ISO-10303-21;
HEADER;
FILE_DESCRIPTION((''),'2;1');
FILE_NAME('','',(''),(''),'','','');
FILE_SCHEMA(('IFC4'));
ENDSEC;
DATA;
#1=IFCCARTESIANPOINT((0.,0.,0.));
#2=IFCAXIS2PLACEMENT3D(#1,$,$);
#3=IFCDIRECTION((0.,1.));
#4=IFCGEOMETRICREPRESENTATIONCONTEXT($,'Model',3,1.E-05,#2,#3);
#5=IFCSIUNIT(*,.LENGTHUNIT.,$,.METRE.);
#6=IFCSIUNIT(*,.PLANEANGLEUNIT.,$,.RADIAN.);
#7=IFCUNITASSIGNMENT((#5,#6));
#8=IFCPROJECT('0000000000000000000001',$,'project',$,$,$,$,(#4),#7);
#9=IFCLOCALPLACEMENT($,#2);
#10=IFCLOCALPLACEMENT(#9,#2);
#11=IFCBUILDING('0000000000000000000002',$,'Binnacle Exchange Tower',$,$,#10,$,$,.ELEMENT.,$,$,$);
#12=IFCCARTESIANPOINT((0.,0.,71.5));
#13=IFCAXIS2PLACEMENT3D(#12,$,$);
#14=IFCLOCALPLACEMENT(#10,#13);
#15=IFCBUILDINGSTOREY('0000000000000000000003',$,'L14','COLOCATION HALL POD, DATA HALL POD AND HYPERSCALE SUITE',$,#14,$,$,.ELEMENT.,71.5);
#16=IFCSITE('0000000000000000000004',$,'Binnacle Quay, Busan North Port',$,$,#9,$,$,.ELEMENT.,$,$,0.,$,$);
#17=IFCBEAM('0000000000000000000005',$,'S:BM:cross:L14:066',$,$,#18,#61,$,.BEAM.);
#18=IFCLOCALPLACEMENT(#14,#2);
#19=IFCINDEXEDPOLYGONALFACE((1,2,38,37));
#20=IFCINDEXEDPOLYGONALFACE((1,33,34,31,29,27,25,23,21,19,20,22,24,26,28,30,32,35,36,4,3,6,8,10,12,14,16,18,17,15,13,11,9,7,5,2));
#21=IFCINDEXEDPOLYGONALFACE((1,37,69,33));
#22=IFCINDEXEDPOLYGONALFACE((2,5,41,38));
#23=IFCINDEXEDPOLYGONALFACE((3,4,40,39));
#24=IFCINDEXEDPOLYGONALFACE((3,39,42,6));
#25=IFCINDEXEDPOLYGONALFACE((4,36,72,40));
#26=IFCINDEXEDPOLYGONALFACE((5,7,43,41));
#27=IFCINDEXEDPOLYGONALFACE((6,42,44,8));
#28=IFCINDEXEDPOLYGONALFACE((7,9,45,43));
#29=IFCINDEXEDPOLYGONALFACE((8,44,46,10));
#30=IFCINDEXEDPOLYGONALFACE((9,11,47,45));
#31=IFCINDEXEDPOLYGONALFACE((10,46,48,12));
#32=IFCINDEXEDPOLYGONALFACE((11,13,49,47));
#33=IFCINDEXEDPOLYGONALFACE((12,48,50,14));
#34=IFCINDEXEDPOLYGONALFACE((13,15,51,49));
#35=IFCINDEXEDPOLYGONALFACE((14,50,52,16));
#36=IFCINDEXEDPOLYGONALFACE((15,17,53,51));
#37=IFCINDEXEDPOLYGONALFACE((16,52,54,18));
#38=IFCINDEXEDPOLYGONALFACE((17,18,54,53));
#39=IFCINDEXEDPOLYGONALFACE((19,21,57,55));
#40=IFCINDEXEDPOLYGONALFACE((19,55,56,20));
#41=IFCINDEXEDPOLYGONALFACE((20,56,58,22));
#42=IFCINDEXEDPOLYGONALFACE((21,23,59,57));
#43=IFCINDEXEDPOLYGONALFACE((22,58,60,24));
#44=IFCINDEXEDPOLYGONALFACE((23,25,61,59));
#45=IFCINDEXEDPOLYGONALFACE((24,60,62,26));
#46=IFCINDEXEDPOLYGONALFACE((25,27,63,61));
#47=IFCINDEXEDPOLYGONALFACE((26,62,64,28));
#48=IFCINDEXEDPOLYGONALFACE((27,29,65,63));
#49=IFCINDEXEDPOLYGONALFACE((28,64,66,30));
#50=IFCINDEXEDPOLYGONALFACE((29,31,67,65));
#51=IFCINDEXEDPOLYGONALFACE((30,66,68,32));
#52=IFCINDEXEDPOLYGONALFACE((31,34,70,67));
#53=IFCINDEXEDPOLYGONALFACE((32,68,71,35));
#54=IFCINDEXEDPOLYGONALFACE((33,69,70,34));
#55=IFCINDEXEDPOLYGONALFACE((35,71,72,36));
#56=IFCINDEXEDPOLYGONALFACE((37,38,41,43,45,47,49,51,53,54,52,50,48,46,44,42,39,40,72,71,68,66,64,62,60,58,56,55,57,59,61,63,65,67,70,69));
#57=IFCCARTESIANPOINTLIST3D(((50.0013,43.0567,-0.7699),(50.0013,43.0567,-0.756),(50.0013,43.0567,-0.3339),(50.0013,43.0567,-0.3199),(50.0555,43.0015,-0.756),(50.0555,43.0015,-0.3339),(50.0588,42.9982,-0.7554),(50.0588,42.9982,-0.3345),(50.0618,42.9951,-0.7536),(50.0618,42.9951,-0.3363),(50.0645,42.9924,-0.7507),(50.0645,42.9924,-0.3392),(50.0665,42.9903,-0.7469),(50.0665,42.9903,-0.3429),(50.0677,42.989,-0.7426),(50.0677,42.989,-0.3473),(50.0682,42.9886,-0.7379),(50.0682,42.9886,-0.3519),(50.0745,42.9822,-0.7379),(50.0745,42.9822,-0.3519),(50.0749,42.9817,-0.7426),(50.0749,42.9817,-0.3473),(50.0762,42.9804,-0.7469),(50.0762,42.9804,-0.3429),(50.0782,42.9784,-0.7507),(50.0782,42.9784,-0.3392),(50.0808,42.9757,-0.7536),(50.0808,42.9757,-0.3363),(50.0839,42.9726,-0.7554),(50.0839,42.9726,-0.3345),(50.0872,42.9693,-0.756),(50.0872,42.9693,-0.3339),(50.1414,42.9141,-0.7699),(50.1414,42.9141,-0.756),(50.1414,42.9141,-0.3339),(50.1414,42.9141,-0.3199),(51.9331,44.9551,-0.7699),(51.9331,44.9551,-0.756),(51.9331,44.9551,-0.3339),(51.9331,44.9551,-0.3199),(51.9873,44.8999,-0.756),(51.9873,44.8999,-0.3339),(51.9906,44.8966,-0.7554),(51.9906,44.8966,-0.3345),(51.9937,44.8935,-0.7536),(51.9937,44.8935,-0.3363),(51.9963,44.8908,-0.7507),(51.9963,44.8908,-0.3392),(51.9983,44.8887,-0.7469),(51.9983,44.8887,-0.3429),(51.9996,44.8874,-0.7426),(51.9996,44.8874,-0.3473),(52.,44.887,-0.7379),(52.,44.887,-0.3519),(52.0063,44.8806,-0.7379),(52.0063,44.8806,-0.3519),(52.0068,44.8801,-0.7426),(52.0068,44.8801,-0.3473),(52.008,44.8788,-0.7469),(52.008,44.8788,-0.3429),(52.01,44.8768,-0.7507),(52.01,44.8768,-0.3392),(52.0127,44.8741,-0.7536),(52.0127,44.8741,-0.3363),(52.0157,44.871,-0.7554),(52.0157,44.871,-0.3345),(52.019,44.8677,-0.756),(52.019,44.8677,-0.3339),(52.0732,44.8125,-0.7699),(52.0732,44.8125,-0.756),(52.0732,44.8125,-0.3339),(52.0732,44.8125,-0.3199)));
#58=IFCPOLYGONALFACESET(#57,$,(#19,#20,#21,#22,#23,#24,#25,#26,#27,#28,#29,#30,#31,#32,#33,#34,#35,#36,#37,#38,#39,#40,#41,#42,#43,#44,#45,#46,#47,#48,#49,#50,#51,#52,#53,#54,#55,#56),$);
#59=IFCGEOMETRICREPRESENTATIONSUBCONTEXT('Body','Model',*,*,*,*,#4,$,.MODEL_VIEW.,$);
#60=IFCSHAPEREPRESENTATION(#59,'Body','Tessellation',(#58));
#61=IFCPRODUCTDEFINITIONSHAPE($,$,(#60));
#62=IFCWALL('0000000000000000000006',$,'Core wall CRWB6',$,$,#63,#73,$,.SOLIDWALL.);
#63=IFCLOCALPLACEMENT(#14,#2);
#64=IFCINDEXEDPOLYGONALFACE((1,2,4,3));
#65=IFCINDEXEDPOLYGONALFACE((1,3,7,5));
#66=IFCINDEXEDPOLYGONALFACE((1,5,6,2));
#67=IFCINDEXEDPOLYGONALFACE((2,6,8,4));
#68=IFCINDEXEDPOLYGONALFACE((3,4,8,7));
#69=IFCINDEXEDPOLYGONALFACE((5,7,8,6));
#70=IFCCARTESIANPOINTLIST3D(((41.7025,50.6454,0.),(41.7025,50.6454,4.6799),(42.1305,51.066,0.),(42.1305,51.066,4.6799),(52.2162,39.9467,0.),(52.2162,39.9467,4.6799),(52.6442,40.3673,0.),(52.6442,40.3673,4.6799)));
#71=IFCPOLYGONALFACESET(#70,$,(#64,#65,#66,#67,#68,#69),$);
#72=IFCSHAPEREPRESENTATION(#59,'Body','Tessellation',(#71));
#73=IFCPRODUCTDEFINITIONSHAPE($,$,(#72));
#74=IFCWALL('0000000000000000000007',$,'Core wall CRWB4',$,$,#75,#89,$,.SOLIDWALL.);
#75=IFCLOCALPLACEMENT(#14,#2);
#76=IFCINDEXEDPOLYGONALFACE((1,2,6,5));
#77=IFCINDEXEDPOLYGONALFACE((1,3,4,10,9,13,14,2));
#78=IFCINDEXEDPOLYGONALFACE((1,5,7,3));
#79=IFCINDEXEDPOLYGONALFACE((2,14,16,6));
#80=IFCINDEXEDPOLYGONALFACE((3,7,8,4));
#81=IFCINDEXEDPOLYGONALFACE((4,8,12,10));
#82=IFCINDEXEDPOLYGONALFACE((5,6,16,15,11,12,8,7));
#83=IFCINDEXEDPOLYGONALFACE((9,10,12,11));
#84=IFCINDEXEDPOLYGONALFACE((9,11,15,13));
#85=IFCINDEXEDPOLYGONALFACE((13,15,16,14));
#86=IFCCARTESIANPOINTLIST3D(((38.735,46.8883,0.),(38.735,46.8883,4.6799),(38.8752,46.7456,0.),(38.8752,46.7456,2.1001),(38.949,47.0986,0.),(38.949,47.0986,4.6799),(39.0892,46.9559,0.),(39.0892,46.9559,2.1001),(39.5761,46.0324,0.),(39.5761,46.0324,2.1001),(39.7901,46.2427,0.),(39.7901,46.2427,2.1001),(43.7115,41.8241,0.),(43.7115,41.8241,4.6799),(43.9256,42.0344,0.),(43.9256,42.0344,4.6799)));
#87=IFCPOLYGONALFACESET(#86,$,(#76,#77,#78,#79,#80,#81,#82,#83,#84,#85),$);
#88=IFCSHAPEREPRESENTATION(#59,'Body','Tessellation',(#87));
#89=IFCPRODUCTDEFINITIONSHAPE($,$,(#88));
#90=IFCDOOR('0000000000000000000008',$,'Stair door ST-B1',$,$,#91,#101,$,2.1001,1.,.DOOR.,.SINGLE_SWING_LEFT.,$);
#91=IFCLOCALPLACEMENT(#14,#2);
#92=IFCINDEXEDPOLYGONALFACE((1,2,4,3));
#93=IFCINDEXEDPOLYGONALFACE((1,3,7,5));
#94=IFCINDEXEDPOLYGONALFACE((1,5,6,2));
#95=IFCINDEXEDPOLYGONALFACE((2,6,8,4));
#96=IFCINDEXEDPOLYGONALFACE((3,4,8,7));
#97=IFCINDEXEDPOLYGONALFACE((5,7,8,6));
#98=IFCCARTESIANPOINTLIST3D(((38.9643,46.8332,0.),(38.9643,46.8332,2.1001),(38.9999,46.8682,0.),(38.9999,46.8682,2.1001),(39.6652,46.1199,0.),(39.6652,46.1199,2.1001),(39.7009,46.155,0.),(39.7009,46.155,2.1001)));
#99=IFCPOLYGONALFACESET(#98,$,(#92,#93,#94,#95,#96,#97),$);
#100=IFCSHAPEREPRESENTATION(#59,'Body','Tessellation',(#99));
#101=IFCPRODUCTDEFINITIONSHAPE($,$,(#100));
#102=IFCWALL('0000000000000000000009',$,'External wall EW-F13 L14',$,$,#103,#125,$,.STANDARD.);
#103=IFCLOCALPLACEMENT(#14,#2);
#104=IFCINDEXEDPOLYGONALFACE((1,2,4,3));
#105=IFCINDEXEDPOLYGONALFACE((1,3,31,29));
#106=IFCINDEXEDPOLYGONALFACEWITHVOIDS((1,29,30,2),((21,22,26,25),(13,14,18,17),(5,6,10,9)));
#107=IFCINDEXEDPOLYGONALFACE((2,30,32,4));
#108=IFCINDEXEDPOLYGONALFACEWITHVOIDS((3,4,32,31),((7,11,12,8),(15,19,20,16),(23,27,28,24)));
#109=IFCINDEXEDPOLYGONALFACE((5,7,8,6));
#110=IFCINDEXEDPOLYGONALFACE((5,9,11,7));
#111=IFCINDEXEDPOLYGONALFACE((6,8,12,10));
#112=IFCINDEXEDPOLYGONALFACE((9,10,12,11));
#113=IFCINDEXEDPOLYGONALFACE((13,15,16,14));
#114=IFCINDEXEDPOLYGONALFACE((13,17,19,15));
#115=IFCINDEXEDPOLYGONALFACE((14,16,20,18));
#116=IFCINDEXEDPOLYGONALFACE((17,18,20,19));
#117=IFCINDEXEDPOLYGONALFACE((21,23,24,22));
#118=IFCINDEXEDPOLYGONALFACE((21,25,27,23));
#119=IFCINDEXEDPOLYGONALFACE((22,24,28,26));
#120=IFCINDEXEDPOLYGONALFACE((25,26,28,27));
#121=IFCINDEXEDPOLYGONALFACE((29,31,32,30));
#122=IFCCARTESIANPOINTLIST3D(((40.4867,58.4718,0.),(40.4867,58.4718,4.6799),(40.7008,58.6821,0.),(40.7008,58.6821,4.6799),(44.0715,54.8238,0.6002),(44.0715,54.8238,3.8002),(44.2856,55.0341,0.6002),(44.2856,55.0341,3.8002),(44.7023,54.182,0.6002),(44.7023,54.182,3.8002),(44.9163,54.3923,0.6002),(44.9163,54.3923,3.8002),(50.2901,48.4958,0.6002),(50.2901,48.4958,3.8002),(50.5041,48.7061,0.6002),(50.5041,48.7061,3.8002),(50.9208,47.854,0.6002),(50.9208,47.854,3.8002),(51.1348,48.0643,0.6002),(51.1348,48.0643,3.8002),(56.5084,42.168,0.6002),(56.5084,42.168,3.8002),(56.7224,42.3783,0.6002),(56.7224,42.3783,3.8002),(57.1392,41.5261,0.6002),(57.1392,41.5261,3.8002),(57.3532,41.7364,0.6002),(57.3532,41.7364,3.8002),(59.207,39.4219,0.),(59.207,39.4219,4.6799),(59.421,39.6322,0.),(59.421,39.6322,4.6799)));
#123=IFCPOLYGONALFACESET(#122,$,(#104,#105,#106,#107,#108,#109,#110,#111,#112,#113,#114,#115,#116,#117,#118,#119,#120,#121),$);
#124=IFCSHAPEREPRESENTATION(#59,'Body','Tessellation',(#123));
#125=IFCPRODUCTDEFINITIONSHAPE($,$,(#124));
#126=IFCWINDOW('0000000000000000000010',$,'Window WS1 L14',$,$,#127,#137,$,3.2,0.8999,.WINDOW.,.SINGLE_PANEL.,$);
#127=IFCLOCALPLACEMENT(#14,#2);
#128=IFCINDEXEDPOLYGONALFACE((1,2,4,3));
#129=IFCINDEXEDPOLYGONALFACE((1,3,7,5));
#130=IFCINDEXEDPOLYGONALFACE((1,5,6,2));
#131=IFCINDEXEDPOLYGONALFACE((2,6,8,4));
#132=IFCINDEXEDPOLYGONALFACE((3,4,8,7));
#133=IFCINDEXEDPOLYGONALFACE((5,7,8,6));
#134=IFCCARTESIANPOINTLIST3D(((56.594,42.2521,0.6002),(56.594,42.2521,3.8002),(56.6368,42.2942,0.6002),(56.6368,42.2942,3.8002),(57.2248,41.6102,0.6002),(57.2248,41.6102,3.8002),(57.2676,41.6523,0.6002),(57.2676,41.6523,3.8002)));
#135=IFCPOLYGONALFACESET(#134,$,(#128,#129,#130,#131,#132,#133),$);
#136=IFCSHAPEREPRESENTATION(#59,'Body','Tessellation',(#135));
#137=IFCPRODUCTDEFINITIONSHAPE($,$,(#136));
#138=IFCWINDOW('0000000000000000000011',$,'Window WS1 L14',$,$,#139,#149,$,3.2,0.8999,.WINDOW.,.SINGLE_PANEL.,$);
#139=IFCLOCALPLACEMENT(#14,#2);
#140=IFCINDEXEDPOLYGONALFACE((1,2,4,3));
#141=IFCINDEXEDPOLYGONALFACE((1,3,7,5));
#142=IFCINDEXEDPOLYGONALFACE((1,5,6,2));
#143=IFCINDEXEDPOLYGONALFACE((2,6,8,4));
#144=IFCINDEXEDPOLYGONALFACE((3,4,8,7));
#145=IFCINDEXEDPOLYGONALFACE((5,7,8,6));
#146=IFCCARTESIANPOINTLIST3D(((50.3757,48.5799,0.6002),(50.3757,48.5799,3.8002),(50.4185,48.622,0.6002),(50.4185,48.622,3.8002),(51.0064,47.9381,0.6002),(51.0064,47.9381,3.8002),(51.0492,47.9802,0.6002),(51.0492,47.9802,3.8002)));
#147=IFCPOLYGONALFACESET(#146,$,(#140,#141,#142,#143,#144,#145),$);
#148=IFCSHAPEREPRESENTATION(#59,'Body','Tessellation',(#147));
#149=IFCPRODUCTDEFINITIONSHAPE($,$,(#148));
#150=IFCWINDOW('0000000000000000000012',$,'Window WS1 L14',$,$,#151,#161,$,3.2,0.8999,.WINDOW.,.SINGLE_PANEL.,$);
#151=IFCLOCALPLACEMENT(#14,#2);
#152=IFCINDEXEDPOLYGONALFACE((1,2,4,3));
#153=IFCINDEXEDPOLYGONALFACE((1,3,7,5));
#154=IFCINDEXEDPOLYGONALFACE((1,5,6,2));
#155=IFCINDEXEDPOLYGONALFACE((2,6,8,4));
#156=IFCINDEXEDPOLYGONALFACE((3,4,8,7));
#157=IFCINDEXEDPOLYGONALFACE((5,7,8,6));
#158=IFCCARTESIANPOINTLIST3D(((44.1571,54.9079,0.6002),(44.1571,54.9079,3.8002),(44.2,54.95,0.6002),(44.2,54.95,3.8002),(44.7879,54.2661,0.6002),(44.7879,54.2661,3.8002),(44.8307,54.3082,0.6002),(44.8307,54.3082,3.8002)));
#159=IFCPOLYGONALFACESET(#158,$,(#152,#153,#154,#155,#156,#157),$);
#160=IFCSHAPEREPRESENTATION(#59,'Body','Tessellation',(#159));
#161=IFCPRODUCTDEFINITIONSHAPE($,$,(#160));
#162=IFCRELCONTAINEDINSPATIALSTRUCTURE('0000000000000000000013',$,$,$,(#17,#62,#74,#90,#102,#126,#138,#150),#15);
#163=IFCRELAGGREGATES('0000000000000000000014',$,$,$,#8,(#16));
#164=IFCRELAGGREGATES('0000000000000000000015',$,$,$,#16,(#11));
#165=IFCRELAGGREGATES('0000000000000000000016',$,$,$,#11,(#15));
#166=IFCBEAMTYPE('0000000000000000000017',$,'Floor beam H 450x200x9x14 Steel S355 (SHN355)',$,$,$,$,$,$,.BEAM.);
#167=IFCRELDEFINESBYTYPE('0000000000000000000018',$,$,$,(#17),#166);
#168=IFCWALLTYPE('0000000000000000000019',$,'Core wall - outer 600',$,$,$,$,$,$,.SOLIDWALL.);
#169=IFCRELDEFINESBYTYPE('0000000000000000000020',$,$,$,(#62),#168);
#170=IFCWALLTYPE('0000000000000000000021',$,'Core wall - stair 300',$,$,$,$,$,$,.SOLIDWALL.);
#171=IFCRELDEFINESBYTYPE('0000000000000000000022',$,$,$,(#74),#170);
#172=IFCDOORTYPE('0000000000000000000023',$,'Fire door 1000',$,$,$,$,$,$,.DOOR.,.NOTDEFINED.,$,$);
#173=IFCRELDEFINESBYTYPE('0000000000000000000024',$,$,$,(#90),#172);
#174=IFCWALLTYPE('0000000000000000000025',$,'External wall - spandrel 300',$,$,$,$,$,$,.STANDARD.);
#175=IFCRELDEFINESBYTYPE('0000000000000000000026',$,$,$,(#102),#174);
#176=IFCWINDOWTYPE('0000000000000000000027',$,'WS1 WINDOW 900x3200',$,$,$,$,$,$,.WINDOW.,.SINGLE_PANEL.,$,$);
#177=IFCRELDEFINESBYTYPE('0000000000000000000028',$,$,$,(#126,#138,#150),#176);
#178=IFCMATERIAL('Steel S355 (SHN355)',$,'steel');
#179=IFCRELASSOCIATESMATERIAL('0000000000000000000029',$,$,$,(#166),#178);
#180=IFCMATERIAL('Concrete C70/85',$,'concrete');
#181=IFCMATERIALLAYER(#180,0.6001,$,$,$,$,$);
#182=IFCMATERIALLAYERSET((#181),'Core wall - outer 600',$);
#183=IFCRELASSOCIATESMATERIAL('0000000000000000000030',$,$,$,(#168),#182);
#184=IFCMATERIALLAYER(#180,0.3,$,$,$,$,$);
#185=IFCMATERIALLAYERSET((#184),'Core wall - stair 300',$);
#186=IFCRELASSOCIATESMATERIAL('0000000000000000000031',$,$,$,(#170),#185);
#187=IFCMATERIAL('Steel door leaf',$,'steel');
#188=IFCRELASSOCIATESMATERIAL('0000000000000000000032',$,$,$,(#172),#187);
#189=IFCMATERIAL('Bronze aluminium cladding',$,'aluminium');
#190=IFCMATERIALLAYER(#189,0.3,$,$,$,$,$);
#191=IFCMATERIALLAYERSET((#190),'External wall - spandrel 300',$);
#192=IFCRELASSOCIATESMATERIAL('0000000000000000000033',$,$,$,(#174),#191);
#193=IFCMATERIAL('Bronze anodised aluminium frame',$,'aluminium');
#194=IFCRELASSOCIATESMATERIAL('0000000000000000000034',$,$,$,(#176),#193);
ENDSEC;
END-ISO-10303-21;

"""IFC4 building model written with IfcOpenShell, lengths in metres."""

from ifc_helpers import new_model, si_unit, direction, frame, frame_2d, origin, origin_2d, place, context, subcontext, project, spatial, rectangle, i_section, extrude, material, layer, layer_set, material_profile, profile_set, type_object, element, fill, save


model = new_model("IFC4")

# Units and contexts
model_context = context("Model", 3, precision=1e-05, world=origin(), true_north=direction((0.0, 1.0)))
body_context = subcontext(model_context, "Body", "Model", "MODEL_VIEW")
ifc_project = project(units=[si_unit("LENGTHUNIT", "METRE"), si_unit("PLANEANGLEUNIT", "RADIAN")], contexts=[model_context])

# Site, building, storey
site_placement = place(None, origin())
site = spatial("IfcSite", under=ifc_project, at=site_placement, Name="Binnacle Quay, Busan North Port", CompositionType="ELEMENT", RefElevation=0.0)
building_placement = place(site_placement, origin())
building = spatial("IfcBuilding", under=site, at=building_placement, Name="Binnacle Exchange Tower", CompositionType="ELEMENT")
storey_placement = place(building_placement, frame((0.0, 0.0, 71.5)))
storey = spatial("IfcBuildingStorey", under=building, at=storey_placement, Name="L14", Description="COLOCATION HALL POD, DATA HALL POD AND HYPERSCALE SUITE", CompositionType="ELEMENT", Elevation=71.5)

# Shared definitions
ifc_material_1 = material(Name="Concrete C70/85", Category="concrete")

# Beam
ifc_material_2 = material(Name="Steel S355 (SHN355)", Category="steel")
ifc_material_profile_1 = material_profile(ifc_material_2, i_section(OverallWidth=0.2, OverallDepth=0.45, WebThickness=0.009, FlangeThickness=0.0139, FilletRadius=0.0181, at=origin_2d()), Name="H 450x200x9x14")
ifc_profile_set_1 = profile_set([ifc_material_profile_1], Name="Steel S355 (SHN355)")
beam_type_1 = type_object("IfcBeamType", Name="Floor beam H 450x200x9x14 Steel S355 (SHN355)", PredefinedType="BEAM", material=ifc_profile_set_1)
for number, where, z_axis, x_axis, name in (
    (1, (52.0032, 44.8838, -0.5449), (-0.713254, -0.700905, 0.0), (0.700905, -0.713254, 0.0), "S:BM:cross:L14:066"),
):
    element("IfcBeam", number, at=place(storey_placement, frame(where, z_axis=z_axis, x_axis=x_axis)), inside=storey, type_object=beam_type_1, Name=name, PredefinedType="BEAM", context=body_context, shape_type="SweptSolid", body=[
        extrude(i_section(OverallWidth=0.2, OverallDepth=0.45, WebThickness=0.009, FlangeThickness=0.0139, FilletRadius=0.0181, at=origin_2d()), origin(), (0.0, 0.0, 1.0), 2.7085),
    ])

# Wall
ifc_layer_1 = layer(ifc_material_1, 0.6001)
ifc_layer_set_1 = layer_set([ifc_layer_1], Name="Core wall - outer 600")
wall_type_1 = type_object("IfcWallType", Name="Core wall - outer 600", PredefinedType="SOLIDWALL", material=ifc_layer_set_1)
wall_1_placement = place(storey_placement, frame((41.9165, 50.8557, 0.0), z_axis=(0.0, 0.0, 1.0), x_axis=(0.700911, -0.713248, 0.0)))
element("IfcWall", 2, at=wall_1_placement, inside=storey, type_object=wall_type_1, Name="Core wall CRWB6", PredefinedType="SOLIDWALL", context=body_context, shape_type="SweptSolid", body=[
    extrude(rectangle(XDim=15.0, YDim=0.6001, at=frame_2d((7.5, 0.0))), origin(), (0.0, 0.0, 1.0), 4.6799),
])

# Wall, opening, door
ifc_layer_2 = layer(ifc_material_1, 0.3)
ifc_layer_set_2 = layer_set([ifc_layer_2], Name="Core wall - stair 300")
wall_type_2 = type_object("IfcWallType", Name="Core wall - stair 300", PredefinedType="SOLIDWALL", material=ifc_layer_set_2)
wall_2_placement = place(storey_placement, frame((38.842, 46.9934, 0.0), z_axis=(0.0, 0.0, 1.0), x_axis=(0.700908, -0.713252, 0.0)))
wall_2 = element("IfcWall", 3, at=wall_2_placement, inside=storey, type_object=wall_type_2, Name="Core wall CRWB4", PredefinedType="SOLIDWALL", context=body_context, shape_type="SweptSolid", body=[
    extrude(rectangle(XDim=7.1001, YDim=0.3, at=frame_2d((3.55, 0.0))), origin(), (0.0, 0.0, 1.0), 4.6799),
])
opening_1_placement = place(wall_2_placement, frame((0.2, 0.0, 0.0)))
opening_1 = element("IfcOpeningElement", 4, at=opening_1_placement, cuts=wall_2, PredefinedType="OPENING", context=body_context, shape_type="SweptSolid", body=[
    extrude(rectangle(XDim=1.0, YDim=2.1001, at=frame_2d((0.5, 1.05))), frame((0.0, 0.1599, 0.0), z_axis=(0.0, -1.0, 0.0), x_axis=(1.0, 0.0, 0.0)), (0.0, 0.0, 1.0), 0.3201),
])
ifc_material_3 = material(Name="Steel door leaf", Category="steel")
door_type = type_object("IfcDoorType", Name="Fire door 1000", OperationType="NOTDEFINED", PredefinedType="DOOR", material=ifc_material_3)
door_1_placement = place(opening_1_placement, origin())
door_1 = element("IfcDoor", 5, at=door_1_placement, inside=storey, type_object=door_type, Name="Stair door ST-B1", OperationType="SINGLE_SWING_LEFT", OverallHeight=2.1001, OverallWidth=1.0, PredefinedType="DOOR", context=body_context, shape_type="SweptSolid", body=[
    extrude(rectangle(XDim=1.0, YDim=2.1001, at=frame_2d((0.5, 1.05))), frame((0.0, 0.0249, 0.0), z_axis=(0.0, -1.0, 0.0), x_axis=(1.0, 0.0, 0.0)), (0.0, 0.0, 1.0), 0.05),
])
fill(opening_1, door_1)

# Wall, openings, windows
ifc_material_4 = material(Name="Bronze aluminium cladding", Category="aluminium")
ifc_layer_3 = layer(ifc_material_4, 0.3)
ifc_layer_set_3 = layer_set([ifc_layer_3], Name="External wall - spandrel 300")
wall_type_3 = type_object("IfcWallType", Name="External wall - spandrel 300", PredefinedType="STANDARD", material=ifc_layer_set_3)
wall_3_placement = place(storey_placement, frame((40.5938, 58.5769, 0.0), z_axis=(0.0, 0.0, 1.0), x_axis=(0.70091, -0.71325, 0.0)))
wall_3 = element("IfcWall", 6, at=wall_3_placement, inside=storey, type_object=wall_type_3, Name="External wall EW-F13 L14", PredefinedType="STANDARD", context=body_context, shape_type="SweptSolid", body=[
    extrude(rectangle(XDim=26.7085, YDim=0.3, at=frame_2d((13.3542, 0.0))), origin(), (0.0, 0.0, 1.0), 4.6799),
])
opening_2_placement = place(wall_3_placement, frame((22.8584, 0.0, 0.6001)))
opening_2 = element("IfcOpeningElement", 7, at=opening_2_placement, cuts=wall_3, PredefinedType="OPENING", context=body_context, shape_type="SweptSolid", body=[
    extrude(rectangle(XDim=0.8999, YDim=3.2, at=frame_2d((0.45, 1.6001))), frame((0.0, 0.1599, 0.0), z_axis=(0.0, -1.0, 0.0), x_axis=(1.0, 0.0, 0.0)), (0.0, 0.0, 1.0), 0.3201),
])
opening_3_placement = place(wall_3_placement, frame((13.9866, 0.0, 0.6001)))
opening_3 = element("IfcOpeningElement", 8, at=opening_3_placement, cuts=wall_3, PredefinedType="OPENING", context=body_context, shape_type="SweptSolid", body=[
    extrude(rectangle(XDim=0.8999, YDim=3.2, at=frame_2d((0.45, 1.6001))), frame((0.0, 0.1599, 0.0), z_axis=(0.0, -1.0, 0.0), x_axis=(1.0, 0.0, 0.0)), (0.0, 0.0, 1.0), 0.3201),
])
opening_4_placement = place(wall_3_placement, frame((5.1145, 0.0, 0.6001)))
opening_4 = element("IfcOpeningElement", 9, at=opening_4_placement, cuts=wall_3, PredefinedType="OPENING", context=body_context, shape_type="SweptSolid", body=[
    extrude(rectangle(XDim=0.8999, YDim=3.2, at=frame_2d((0.45, 1.6001))), frame((0.0, 0.1599, 0.0), z_axis=(0.0, -1.0, 0.0), x_axis=(1.0, 0.0, 0.0)), (0.0, 0.0, 1.0), 0.3201),
])
ifc_material_5 = material(Name="Bronze anodised aluminium frame", Category="aluminium")
window_type = type_object("IfcWindowType", Name="WS1 WINDOW 900x3200", PartitioningType="SINGLE_PANEL", PredefinedType="WINDOW", material=ifc_material_5)
window_1_placement = place(opening_2_placement, origin())
window_1 = element("IfcWindow", 10, at=window_1_placement, inside=storey, type_object=window_type, Name="Window WS1 L14", OverallHeight=3.2, OverallWidth=0.8999, PartitioningType="SINGLE_PANEL", PredefinedType="WINDOW", context=body_context, shape_type="SweptSolid", body=[
    extrude(rectangle(XDim=0.8999, YDim=3.2, at=frame_2d((0.45, 1.6001))), frame((0.0, 0.03, 0.0), z_axis=(0.0, -1.0, 0.0), x_axis=(1.0, 0.0, 0.0)), (0.0, 0.0, 1.0), 0.0601),
])
fill(opening_2, window_1)
window_2_placement = place(opening_3_placement, origin())
window_2 = element("IfcWindow", 11, at=window_2_placement, inside=storey, type_object=window_type, Name="Window WS1 L14", OverallHeight=3.2, OverallWidth=0.8999, PartitioningType="SINGLE_PANEL", PredefinedType="WINDOW", context=body_context, shape_type="SweptSolid", body=[
    extrude(rectangle(XDim=0.8999, YDim=3.2, at=frame_2d((0.45, 1.6001))), frame((0.0, 0.03, 0.0), z_axis=(0.0, -1.0, 0.0), x_axis=(1.0, 0.0, 0.0)), (0.0, 0.0, 1.0), 0.0601),
])
fill(opening_3, window_2)
window_3_placement = place(opening_4_placement, origin())
window_3 = element("IfcWindow", 12, at=window_3_placement, inside=storey, type_object=window_type, Name="Window WS1 L14", OverallHeight=3.2, OverallWidth=0.8999, PartitioningType="SINGLE_PANEL", PredefinedType="WINDOW", context=body_context, shape_type="SweptSolid", body=[
    extrude(rectangle(XDim=0.8999, YDim=3.2, at=frame_2d((0.45, 1.6001))), frame((0.0, 0.03, 0.0), z_axis=(0.0, -1.0, 0.0), x_axis=(1.0, 0.0, 0.0)), (0.0, 0.0, 1.0), 0.0601),
])
fill(opening_4, window_3)

save(model, "model.ifc")
